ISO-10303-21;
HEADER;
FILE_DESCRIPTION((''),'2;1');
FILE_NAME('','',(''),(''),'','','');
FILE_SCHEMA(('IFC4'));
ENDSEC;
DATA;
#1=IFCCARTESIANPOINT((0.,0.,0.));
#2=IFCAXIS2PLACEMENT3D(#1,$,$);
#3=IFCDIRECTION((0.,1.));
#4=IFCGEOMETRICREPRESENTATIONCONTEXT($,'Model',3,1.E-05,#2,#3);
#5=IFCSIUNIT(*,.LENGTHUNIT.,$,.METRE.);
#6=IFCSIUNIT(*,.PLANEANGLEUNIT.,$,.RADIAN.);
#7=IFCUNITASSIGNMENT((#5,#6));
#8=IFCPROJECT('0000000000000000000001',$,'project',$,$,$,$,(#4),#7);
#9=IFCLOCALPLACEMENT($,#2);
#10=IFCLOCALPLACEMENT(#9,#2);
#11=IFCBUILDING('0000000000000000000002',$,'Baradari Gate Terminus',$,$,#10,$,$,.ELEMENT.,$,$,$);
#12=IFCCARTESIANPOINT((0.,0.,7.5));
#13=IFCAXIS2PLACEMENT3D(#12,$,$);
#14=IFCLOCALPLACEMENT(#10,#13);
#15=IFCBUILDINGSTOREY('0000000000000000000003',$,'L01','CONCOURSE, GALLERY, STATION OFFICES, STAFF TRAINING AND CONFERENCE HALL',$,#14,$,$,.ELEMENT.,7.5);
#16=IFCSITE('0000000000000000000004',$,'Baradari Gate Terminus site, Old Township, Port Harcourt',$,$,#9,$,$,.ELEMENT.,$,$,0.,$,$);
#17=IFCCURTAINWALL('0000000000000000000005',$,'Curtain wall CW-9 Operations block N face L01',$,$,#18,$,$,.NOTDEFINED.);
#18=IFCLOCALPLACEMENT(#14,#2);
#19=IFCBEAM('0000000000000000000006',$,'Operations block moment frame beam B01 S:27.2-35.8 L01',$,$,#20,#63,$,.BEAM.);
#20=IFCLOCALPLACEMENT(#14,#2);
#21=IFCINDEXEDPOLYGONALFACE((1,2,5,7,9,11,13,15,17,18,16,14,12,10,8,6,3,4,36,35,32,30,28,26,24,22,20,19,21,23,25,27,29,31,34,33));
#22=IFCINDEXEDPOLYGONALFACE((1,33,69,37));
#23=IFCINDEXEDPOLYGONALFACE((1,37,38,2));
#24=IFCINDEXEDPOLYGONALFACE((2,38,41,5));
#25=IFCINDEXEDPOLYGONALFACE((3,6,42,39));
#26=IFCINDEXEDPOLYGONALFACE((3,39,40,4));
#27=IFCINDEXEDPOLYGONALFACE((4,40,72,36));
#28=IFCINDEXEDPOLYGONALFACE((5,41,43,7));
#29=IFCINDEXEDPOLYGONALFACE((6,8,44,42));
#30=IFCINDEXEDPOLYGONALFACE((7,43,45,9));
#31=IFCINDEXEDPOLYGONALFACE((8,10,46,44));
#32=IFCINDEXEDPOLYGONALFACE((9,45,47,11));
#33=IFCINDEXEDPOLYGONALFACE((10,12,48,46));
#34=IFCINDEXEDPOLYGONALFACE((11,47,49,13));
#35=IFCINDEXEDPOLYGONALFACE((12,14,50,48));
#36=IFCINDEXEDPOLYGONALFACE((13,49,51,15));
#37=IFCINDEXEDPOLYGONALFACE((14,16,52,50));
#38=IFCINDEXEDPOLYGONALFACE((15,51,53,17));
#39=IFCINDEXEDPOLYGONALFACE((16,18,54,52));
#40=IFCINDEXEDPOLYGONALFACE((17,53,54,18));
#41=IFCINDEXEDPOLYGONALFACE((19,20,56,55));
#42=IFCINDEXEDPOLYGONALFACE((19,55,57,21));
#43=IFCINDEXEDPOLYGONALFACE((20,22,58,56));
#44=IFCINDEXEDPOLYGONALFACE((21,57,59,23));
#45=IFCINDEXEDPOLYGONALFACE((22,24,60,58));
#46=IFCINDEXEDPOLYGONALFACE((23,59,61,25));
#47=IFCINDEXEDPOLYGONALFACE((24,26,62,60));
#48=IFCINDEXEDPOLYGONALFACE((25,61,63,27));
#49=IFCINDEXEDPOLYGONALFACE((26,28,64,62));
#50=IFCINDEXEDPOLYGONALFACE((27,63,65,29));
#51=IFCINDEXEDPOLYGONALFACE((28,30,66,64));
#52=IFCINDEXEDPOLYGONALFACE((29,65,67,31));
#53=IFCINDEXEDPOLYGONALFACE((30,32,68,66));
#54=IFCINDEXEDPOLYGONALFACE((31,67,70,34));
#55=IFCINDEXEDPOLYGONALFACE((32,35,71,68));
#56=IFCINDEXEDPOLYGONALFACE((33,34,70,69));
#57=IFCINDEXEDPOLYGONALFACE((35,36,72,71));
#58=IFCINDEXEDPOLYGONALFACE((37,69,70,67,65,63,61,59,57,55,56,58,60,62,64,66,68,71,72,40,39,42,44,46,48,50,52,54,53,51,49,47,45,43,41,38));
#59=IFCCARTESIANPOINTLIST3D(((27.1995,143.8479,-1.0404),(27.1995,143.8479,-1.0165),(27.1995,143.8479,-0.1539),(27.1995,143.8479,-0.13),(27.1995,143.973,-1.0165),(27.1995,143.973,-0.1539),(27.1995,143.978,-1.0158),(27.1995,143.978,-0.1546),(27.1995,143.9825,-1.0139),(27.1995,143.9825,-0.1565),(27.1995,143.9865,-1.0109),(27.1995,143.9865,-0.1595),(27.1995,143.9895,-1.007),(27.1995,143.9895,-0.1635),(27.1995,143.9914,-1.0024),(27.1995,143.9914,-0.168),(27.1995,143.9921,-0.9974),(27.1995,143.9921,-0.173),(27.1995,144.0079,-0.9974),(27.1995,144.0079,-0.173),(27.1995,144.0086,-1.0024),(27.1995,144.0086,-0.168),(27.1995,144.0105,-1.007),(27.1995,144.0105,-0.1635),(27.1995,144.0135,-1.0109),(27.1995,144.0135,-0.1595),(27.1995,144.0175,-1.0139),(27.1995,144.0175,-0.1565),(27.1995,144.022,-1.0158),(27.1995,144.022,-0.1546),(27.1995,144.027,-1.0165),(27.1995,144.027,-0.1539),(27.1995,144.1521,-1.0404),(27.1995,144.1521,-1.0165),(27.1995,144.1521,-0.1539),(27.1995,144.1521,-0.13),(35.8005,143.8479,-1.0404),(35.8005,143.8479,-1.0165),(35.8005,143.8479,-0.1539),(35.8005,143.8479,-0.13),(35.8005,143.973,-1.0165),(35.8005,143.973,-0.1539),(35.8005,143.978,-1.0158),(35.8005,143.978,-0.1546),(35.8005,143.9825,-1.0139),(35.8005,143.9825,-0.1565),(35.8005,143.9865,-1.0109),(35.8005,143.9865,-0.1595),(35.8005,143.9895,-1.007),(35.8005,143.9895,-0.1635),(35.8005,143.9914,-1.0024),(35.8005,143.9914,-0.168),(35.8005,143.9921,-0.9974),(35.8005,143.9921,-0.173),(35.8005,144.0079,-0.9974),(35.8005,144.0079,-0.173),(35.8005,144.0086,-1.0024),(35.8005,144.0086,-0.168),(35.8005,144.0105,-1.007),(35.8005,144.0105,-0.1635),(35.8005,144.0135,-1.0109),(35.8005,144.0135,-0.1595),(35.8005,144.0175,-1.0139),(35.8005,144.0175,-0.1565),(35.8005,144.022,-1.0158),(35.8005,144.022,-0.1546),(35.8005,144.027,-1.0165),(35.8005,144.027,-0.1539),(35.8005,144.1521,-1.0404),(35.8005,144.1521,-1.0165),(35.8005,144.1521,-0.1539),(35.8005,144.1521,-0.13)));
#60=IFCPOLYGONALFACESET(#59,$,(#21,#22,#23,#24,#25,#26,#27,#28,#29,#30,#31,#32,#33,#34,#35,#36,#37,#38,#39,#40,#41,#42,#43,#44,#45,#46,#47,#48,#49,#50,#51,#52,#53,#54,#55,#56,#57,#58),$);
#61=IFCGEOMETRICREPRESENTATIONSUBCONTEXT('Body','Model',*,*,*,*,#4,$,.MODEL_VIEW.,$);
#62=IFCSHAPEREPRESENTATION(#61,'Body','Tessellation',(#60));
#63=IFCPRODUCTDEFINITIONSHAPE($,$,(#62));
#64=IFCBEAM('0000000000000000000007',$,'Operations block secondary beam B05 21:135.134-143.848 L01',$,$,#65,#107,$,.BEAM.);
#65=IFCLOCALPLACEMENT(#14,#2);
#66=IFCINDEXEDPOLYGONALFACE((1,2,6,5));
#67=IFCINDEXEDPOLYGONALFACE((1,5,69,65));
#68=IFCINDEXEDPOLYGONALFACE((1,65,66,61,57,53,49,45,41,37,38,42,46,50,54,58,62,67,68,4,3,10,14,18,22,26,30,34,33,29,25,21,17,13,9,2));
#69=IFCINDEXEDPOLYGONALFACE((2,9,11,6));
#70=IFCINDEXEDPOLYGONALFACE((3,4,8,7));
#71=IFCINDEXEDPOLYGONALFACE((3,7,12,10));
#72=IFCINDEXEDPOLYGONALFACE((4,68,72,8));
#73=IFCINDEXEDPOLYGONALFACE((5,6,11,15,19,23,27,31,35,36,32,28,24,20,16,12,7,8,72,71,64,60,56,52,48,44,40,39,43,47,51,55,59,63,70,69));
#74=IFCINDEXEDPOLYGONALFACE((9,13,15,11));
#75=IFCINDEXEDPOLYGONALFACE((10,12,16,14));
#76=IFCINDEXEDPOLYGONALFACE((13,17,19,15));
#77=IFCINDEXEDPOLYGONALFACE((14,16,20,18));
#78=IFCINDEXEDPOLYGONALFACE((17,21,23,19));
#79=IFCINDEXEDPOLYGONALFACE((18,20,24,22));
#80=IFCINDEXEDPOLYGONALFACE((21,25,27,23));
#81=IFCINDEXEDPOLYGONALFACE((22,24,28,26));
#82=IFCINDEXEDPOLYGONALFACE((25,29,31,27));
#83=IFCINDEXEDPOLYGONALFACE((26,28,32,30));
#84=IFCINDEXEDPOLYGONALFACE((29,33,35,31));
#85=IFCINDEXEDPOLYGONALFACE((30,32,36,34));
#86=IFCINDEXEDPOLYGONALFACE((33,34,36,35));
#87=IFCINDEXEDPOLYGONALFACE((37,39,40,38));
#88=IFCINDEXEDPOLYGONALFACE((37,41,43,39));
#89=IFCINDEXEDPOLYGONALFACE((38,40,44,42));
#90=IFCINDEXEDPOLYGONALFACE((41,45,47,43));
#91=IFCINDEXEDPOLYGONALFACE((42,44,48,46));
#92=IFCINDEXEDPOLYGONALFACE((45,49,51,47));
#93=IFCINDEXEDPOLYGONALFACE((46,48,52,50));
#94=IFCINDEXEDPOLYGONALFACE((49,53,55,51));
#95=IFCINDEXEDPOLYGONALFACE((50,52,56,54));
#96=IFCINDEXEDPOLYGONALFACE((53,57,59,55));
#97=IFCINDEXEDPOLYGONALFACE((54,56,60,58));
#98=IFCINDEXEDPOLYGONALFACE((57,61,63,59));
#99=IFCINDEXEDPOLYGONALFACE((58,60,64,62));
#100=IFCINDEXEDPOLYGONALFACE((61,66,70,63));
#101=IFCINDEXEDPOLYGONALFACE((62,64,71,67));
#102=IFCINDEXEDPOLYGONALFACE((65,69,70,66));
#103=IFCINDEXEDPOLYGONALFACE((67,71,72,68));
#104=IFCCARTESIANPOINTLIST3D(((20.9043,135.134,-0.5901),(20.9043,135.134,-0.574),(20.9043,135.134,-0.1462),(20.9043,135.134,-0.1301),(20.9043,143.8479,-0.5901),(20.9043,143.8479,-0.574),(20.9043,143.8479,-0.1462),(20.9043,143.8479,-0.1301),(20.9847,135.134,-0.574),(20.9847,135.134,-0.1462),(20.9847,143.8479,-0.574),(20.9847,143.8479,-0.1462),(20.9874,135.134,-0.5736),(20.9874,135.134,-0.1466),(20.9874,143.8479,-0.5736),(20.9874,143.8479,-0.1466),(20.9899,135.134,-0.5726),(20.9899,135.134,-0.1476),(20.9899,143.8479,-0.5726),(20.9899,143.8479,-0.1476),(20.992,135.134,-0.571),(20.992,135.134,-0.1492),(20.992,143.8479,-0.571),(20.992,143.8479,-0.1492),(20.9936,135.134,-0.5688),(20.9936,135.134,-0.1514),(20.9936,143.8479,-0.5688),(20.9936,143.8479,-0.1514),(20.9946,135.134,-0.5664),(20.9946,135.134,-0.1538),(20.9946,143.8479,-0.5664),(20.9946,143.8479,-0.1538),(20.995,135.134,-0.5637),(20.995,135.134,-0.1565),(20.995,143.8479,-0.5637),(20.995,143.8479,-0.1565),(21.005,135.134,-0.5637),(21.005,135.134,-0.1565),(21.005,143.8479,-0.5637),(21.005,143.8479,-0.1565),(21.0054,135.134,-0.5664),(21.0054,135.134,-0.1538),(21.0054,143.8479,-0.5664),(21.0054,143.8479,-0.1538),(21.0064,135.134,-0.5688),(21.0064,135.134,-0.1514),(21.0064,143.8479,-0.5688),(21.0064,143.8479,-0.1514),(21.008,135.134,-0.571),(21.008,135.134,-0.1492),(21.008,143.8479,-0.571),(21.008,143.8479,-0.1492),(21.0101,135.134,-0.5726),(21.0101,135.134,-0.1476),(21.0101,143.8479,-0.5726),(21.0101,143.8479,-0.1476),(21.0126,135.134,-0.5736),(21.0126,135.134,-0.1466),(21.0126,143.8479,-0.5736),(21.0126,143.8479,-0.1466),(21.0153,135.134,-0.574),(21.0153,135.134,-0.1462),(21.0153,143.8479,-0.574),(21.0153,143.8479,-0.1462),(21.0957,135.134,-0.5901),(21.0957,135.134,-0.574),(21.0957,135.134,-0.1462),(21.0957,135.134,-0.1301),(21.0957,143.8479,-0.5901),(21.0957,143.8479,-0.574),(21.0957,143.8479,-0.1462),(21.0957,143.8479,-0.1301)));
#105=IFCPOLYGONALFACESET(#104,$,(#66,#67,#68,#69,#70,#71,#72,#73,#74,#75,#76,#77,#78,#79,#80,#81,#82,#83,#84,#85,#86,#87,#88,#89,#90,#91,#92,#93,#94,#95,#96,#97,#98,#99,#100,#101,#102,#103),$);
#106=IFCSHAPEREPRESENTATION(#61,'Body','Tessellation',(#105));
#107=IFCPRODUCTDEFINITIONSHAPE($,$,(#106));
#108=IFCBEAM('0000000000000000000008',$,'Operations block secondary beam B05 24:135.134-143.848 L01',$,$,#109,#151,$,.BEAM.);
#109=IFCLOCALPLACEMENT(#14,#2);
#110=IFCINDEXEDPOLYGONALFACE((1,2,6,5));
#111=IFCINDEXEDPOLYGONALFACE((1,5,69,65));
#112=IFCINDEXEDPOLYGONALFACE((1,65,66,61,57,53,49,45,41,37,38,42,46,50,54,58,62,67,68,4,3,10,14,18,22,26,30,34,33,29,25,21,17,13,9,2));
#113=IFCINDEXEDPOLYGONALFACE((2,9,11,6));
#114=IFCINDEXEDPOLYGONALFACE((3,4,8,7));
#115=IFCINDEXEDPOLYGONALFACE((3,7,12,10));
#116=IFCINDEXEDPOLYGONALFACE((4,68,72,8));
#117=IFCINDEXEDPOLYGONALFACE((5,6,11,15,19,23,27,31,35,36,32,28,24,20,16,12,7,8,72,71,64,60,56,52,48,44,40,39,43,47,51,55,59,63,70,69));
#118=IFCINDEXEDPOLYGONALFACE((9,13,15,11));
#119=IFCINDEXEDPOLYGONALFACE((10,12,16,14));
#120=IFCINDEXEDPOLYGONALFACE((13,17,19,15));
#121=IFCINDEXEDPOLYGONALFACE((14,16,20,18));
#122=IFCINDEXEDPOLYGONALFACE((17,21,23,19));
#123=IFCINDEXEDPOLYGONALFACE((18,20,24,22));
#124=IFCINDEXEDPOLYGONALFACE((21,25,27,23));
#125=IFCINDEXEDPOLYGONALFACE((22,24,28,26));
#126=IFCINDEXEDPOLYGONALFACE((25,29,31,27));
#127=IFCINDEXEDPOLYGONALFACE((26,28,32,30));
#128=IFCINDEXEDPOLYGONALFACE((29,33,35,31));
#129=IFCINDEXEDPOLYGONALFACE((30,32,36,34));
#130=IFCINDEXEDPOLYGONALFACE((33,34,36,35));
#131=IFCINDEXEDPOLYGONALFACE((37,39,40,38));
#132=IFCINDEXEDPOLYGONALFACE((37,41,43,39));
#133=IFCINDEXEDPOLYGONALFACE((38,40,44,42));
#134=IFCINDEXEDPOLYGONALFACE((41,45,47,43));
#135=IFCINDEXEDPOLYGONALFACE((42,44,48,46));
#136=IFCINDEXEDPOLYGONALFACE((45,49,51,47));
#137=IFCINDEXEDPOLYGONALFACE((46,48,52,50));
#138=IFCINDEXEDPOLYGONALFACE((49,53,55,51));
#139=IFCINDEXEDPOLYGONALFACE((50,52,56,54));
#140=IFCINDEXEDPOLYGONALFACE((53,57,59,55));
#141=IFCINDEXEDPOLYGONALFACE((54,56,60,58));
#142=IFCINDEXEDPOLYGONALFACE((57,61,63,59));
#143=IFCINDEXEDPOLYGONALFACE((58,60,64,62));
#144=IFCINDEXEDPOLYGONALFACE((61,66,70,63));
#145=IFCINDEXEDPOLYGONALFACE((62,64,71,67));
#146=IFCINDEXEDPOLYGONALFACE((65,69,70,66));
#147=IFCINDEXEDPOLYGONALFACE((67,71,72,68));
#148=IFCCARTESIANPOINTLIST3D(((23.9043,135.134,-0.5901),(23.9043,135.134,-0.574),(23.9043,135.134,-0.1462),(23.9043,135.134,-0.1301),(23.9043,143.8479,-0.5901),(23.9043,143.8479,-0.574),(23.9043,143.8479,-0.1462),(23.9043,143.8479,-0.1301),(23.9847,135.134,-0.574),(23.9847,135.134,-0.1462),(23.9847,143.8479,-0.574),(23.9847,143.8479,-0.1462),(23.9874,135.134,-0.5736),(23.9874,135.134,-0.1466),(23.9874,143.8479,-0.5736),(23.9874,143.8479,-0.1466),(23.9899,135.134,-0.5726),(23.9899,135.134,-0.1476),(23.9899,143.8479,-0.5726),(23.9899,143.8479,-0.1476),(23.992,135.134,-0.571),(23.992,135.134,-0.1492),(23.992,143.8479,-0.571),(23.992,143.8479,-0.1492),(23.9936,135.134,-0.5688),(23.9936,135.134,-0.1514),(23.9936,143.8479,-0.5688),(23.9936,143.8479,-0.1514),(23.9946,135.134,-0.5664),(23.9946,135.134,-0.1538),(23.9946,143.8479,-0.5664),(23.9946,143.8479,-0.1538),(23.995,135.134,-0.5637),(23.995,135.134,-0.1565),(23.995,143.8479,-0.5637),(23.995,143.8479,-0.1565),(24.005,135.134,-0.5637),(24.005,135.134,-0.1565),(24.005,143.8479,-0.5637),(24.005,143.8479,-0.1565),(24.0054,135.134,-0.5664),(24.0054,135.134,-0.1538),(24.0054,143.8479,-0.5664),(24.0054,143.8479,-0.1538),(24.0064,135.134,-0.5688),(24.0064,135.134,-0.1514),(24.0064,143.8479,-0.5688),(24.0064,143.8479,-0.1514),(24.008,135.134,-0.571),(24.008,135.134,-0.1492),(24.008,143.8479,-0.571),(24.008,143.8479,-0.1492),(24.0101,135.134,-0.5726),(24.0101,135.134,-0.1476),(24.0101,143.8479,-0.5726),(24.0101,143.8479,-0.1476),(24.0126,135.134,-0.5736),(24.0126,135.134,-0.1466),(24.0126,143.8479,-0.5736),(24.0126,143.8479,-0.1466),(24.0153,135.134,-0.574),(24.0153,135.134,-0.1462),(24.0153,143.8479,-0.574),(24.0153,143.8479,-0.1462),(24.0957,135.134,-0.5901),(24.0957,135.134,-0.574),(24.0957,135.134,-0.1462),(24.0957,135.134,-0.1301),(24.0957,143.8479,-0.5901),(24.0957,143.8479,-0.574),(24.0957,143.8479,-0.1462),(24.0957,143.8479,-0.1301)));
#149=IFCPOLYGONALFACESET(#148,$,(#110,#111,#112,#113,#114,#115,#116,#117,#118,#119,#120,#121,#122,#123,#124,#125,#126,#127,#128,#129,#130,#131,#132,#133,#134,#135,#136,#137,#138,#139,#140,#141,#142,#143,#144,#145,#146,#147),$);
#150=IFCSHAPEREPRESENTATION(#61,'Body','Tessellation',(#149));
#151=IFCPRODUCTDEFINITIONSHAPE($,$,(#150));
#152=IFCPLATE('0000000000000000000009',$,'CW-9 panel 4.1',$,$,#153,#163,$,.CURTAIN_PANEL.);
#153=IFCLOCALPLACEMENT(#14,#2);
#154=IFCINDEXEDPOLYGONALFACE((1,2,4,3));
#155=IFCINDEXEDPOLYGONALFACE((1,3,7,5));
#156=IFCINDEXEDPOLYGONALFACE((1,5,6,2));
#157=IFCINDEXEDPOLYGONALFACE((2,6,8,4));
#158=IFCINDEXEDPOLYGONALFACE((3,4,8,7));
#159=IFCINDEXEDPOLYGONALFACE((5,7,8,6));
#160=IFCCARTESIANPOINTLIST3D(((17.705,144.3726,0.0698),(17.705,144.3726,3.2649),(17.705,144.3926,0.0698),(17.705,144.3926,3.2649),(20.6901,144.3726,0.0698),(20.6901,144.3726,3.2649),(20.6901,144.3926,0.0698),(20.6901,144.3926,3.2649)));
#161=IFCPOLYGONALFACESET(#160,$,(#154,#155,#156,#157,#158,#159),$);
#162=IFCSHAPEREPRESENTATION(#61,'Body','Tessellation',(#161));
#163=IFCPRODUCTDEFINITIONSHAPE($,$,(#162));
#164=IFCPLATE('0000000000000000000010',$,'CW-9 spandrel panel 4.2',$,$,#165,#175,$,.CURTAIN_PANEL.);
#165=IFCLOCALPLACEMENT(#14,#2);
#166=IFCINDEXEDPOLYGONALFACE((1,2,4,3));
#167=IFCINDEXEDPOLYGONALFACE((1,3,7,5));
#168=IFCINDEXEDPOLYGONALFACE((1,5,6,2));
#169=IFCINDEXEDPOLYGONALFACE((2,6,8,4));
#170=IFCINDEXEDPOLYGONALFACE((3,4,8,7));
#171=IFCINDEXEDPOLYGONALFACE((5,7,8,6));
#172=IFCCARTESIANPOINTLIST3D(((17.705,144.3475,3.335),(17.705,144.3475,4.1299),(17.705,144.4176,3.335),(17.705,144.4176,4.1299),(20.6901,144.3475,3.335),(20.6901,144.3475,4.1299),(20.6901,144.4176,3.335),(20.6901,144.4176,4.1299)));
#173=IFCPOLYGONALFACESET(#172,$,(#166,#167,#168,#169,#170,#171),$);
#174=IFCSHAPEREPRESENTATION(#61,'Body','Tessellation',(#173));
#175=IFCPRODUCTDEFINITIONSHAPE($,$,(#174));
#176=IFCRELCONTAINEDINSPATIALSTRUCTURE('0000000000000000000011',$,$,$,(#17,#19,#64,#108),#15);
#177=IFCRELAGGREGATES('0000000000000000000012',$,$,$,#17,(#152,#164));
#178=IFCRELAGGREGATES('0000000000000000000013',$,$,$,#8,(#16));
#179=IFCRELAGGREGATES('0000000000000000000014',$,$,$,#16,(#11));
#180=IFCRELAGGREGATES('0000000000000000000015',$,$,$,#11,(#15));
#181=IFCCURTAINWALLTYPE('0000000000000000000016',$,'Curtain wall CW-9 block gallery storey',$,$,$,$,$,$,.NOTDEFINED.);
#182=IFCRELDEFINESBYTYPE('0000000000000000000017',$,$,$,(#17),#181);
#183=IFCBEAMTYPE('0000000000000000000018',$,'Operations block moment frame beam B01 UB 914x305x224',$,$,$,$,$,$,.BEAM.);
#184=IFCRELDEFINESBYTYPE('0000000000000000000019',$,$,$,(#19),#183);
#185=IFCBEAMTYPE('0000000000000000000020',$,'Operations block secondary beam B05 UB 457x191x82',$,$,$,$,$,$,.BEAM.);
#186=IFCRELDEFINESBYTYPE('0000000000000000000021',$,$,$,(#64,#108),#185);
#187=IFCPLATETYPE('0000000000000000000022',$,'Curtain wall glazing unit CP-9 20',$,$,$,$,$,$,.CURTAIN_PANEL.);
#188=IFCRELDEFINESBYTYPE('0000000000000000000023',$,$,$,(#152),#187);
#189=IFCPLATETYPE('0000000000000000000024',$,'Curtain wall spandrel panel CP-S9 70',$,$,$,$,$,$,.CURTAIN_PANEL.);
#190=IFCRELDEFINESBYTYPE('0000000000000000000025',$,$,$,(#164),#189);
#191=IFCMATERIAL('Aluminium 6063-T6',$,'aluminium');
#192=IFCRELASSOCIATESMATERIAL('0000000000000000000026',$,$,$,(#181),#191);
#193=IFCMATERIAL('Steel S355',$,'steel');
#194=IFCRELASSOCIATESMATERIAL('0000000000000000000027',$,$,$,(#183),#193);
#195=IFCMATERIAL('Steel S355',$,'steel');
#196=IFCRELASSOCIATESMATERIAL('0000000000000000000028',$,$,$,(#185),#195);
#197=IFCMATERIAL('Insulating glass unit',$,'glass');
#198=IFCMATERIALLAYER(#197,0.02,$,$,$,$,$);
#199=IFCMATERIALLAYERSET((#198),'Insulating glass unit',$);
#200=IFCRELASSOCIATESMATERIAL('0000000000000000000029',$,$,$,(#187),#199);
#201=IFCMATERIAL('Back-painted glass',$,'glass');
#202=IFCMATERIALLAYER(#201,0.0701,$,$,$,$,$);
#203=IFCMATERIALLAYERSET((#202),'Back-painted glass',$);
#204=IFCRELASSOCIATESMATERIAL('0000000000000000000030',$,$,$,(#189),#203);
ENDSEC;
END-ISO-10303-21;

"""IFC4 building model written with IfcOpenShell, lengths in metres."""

from ifc_helpers import new_model, si_unit, direction, frame, origin, origin_2d, place, context, subcontext, project, spatial, rectangle, i_section, extrude, material, layer, layer_set, material_profile, profile_set, type_object, element, aggregate, save


model = new_model("IFC4")

# Units and contexts
model_context = context("Model", 3, precision=1e-05, world=origin(), true_north=direction((0.0, 1.0)))
body_context = subcontext(model_context, "Body", "Model", "MODEL_VIEW")
ifc_project = project(units=[si_unit("LENGTHUNIT", "METRE"), si_unit("PLANEANGLEUNIT", "RADIAN")], contexts=[model_context])

# Site, building, storey
site_placement = place(None, origin())
site = spatial("IfcSite", under=ifc_project, at=site_placement, Name="Baradari Gate Terminus site, Old Township, Port Harcourt", CompositionType="ELEMENT", RefElevation=0.0)
building_placement = place(site_placement, origin())
building = spatial("IfcBuilding", under=site, at=building_placement, Name="Baradari Gate Terminus", CompositionType="ELEMENT")
storey_placement = place(building_placement, frame((0.0, 0.0, 7.5)))
storey = spatial("IfcBuildingStorey", under=building, at=storey_placement, Name="L01", Description="CONCOURSE, GALLERY, STATION OFFICES, STAFF TRAINING AND CONFERENCE HALL", CompositionType="ELEMENT", Elevation=7.5)

# Curtain wall
ifc_material_1 = material(Name="Aluminium 6063-T6", Category="aluminium")
curtain_wall_type = type_object("IfcCurtainWallType", Name="Curtain wall CW-9 block gallery storey", PredefinedType="NOTDEFINED", material=ifc_material_1)
curtain_wall_placement = place(storey_placement, origin())
curtain_wall = element("IfcCurtainWall", 1, at=curtain_wall_placement, inside=storey, type_object=curtain_wall_type, Name="Curtain wall CW-9 Operations block N face L01", PredefinedType="NOTDEFINED")

# Beams
ifc_material_2 = material(Name="Steel S355", Category="steel")
ifc_material_profile_1 = material_profile(ifc_material_2, i_section(OverallWidth=0.3042, OverallDepth=0.9104, WebThickness=0.0159, FlangeThickness=0.0239, FilletRadius=0.019, at=origin_2d()), Name="UB 914x305x224")
ifc_profile_set_1 = profile_set([ifc_material_profile_1], Name="Steel S355")
beam_type_1 = type_object("IfcBeamType", Name="Operations block moment frame beam B01 UB 914x305x224", PredefinedType="BEAM", material=ifc_profile_set_1)
beam_1_placement = place(storey_placement, frame((27.1995, 144.0, -0.5852), z_axis=(1.0, 0.0, 0.0), x_axis=(0.0, 1.0, 0.0)))
element("IfcBeam", 2, at=beam_1_placement, inside=storey, type_object=beam_type_1, Name="Operations block moment frame beam B01 S:27.2-35.8 L01", PredefinedType="BEAM", context=body_context, shape_type="SweptSolid", body=[
    extrude(i_section(OverallWidth=0.3042, OverallDepth=0.9104, WebThickness=0.0159, FlangeThickness=0.0239, FilletRadius=0.019, at=origin_2d()), origin(), (0.0, 0.0, 1.0), 8.6011),
])
ifc_material_3 = material(Name="Steel S355", Category="steel")
ifc_material_profile_2 = material_profile(ifc_material_3, i_section(OverallWidth=0.1914, OverallDepth=0.46, WebThickness=0.01, FlangeThickness=0.0161, FilletRadius=0.0103, at=origin_2d()), Name="UB 457x191x82")
ifc_profile_set_2 = profile_set([ifc_material_profile_2], Name="Steel S355")
beam_type_2 = type_object("IfcBeamType", Name="Operations block secondary beam B05 UB 457x191x82", PredefinedType="BEAM", material=ifc_profile_set_2)
for number, where, z_axis, x_axis, name in (
    (3, (21.0, 135.134, -0.3601), (0.0, 1.0, 0.0), (-1.0, 0.0, 0.0), "Operations block secondary beam B05 21:135.134-143.848 L01"),
    (4, (24.0, 135.134, -0.3601), (0.0, 1.0, 0.0), (-1.0, 0.0, 0.0), "Operations block secondary beam B05 24:135.134-143.848 L01"),
):
    element("IfcBeam", number, at=place(storey_placement, frame(where, z_axis=z_axis, x_axis=x_axis)), inside=storey, type_object=beam_type_2, Name=name, PredefinedType="BEAM", context=body_context, shape_type="SweptSolid", body=[
        extrude(i_section(OverallWidth=0.1914, OverallDepth=0.46, WebThickness=0.01, FlangeThickness=0.0161, FilletRadius=0.0103, at=origin_2d()), origin(), (0.0, 0.0, 1.0), 8.7139),
    ])

# Plates
ifc_material_4 = material(Name="Insulating glass unit", Category="glass")
ifc_layer_1 = layer(ifc_material_4, 0.02)
ifc_layer_set_1 = layer_set([ifc_layer_1], Name="Insulating glass unit")
plate_type_1 = type_object("IfcPlateType", Name="Curtain wall glazing unit CP-9 20", PredefinedType="CURTAIN_PANEL", material=ifc_layer_set_1)
plate_1_placement = place(storey_placement, frame((19.1975, 144.3826, 0.0698), z_axis=(0.0, 0.0, 1.0), x_axis=(1.0, 0.0, 0.0)))
plate_1 = element("IfcPlate", 5, at=plate_1_placement, type_object=plate_type_1, Name="CW-9 panel 4.1", PredefinedType="CURTAIN_PANEL", context=body_context, shape_type="SweptSolid", body=[
    extrude(rectangle(XDim=2.9851, YDim=0.02, at=origin_2d()), origin(), (0.0, 0.0, 1.0), 3.1951),
])
ifc_material_5 = material(Name="Back-painted glass", Category="glass")
ifc_layer_2 = layer(ifc_material_5, 0.0701)
ifc_layer_set_2 = layer_set([ifc_layer_2], Name="Back-painted glass")
plate_type_2 = type_object("IfcPlateType", Name="Curtain wall spandrel panel CP-S9 70", PredefinedType="CURTAIN_PANEL", material=ifc_layer_set_2)
plate_2_placement = place(storey_placement, frame((19.1975, 144.3826, 3.335), z_axis=(0.0, 0.0, 1.0), x_axis=(1.0, 0.0, 0.0)))
plate_2 = element("IfcPlate", 6, at=plate_2_placement, type_object=plate_type_2, Name="CW-9 spandrel panel 4.2", PredefinedType="CURTAIN_PANEL", context=body_context, shape_type="SweptSolid", body=[
    extrude(rectangle(XDim=2.9851, YDim=0.0701, at=origin_2d()), origin(), (0.0, 0.0, 1.0), 0.7949),
])
aggregate(curtain_wall, [plate_1, plate_2])

save(model, "model.ifc")
